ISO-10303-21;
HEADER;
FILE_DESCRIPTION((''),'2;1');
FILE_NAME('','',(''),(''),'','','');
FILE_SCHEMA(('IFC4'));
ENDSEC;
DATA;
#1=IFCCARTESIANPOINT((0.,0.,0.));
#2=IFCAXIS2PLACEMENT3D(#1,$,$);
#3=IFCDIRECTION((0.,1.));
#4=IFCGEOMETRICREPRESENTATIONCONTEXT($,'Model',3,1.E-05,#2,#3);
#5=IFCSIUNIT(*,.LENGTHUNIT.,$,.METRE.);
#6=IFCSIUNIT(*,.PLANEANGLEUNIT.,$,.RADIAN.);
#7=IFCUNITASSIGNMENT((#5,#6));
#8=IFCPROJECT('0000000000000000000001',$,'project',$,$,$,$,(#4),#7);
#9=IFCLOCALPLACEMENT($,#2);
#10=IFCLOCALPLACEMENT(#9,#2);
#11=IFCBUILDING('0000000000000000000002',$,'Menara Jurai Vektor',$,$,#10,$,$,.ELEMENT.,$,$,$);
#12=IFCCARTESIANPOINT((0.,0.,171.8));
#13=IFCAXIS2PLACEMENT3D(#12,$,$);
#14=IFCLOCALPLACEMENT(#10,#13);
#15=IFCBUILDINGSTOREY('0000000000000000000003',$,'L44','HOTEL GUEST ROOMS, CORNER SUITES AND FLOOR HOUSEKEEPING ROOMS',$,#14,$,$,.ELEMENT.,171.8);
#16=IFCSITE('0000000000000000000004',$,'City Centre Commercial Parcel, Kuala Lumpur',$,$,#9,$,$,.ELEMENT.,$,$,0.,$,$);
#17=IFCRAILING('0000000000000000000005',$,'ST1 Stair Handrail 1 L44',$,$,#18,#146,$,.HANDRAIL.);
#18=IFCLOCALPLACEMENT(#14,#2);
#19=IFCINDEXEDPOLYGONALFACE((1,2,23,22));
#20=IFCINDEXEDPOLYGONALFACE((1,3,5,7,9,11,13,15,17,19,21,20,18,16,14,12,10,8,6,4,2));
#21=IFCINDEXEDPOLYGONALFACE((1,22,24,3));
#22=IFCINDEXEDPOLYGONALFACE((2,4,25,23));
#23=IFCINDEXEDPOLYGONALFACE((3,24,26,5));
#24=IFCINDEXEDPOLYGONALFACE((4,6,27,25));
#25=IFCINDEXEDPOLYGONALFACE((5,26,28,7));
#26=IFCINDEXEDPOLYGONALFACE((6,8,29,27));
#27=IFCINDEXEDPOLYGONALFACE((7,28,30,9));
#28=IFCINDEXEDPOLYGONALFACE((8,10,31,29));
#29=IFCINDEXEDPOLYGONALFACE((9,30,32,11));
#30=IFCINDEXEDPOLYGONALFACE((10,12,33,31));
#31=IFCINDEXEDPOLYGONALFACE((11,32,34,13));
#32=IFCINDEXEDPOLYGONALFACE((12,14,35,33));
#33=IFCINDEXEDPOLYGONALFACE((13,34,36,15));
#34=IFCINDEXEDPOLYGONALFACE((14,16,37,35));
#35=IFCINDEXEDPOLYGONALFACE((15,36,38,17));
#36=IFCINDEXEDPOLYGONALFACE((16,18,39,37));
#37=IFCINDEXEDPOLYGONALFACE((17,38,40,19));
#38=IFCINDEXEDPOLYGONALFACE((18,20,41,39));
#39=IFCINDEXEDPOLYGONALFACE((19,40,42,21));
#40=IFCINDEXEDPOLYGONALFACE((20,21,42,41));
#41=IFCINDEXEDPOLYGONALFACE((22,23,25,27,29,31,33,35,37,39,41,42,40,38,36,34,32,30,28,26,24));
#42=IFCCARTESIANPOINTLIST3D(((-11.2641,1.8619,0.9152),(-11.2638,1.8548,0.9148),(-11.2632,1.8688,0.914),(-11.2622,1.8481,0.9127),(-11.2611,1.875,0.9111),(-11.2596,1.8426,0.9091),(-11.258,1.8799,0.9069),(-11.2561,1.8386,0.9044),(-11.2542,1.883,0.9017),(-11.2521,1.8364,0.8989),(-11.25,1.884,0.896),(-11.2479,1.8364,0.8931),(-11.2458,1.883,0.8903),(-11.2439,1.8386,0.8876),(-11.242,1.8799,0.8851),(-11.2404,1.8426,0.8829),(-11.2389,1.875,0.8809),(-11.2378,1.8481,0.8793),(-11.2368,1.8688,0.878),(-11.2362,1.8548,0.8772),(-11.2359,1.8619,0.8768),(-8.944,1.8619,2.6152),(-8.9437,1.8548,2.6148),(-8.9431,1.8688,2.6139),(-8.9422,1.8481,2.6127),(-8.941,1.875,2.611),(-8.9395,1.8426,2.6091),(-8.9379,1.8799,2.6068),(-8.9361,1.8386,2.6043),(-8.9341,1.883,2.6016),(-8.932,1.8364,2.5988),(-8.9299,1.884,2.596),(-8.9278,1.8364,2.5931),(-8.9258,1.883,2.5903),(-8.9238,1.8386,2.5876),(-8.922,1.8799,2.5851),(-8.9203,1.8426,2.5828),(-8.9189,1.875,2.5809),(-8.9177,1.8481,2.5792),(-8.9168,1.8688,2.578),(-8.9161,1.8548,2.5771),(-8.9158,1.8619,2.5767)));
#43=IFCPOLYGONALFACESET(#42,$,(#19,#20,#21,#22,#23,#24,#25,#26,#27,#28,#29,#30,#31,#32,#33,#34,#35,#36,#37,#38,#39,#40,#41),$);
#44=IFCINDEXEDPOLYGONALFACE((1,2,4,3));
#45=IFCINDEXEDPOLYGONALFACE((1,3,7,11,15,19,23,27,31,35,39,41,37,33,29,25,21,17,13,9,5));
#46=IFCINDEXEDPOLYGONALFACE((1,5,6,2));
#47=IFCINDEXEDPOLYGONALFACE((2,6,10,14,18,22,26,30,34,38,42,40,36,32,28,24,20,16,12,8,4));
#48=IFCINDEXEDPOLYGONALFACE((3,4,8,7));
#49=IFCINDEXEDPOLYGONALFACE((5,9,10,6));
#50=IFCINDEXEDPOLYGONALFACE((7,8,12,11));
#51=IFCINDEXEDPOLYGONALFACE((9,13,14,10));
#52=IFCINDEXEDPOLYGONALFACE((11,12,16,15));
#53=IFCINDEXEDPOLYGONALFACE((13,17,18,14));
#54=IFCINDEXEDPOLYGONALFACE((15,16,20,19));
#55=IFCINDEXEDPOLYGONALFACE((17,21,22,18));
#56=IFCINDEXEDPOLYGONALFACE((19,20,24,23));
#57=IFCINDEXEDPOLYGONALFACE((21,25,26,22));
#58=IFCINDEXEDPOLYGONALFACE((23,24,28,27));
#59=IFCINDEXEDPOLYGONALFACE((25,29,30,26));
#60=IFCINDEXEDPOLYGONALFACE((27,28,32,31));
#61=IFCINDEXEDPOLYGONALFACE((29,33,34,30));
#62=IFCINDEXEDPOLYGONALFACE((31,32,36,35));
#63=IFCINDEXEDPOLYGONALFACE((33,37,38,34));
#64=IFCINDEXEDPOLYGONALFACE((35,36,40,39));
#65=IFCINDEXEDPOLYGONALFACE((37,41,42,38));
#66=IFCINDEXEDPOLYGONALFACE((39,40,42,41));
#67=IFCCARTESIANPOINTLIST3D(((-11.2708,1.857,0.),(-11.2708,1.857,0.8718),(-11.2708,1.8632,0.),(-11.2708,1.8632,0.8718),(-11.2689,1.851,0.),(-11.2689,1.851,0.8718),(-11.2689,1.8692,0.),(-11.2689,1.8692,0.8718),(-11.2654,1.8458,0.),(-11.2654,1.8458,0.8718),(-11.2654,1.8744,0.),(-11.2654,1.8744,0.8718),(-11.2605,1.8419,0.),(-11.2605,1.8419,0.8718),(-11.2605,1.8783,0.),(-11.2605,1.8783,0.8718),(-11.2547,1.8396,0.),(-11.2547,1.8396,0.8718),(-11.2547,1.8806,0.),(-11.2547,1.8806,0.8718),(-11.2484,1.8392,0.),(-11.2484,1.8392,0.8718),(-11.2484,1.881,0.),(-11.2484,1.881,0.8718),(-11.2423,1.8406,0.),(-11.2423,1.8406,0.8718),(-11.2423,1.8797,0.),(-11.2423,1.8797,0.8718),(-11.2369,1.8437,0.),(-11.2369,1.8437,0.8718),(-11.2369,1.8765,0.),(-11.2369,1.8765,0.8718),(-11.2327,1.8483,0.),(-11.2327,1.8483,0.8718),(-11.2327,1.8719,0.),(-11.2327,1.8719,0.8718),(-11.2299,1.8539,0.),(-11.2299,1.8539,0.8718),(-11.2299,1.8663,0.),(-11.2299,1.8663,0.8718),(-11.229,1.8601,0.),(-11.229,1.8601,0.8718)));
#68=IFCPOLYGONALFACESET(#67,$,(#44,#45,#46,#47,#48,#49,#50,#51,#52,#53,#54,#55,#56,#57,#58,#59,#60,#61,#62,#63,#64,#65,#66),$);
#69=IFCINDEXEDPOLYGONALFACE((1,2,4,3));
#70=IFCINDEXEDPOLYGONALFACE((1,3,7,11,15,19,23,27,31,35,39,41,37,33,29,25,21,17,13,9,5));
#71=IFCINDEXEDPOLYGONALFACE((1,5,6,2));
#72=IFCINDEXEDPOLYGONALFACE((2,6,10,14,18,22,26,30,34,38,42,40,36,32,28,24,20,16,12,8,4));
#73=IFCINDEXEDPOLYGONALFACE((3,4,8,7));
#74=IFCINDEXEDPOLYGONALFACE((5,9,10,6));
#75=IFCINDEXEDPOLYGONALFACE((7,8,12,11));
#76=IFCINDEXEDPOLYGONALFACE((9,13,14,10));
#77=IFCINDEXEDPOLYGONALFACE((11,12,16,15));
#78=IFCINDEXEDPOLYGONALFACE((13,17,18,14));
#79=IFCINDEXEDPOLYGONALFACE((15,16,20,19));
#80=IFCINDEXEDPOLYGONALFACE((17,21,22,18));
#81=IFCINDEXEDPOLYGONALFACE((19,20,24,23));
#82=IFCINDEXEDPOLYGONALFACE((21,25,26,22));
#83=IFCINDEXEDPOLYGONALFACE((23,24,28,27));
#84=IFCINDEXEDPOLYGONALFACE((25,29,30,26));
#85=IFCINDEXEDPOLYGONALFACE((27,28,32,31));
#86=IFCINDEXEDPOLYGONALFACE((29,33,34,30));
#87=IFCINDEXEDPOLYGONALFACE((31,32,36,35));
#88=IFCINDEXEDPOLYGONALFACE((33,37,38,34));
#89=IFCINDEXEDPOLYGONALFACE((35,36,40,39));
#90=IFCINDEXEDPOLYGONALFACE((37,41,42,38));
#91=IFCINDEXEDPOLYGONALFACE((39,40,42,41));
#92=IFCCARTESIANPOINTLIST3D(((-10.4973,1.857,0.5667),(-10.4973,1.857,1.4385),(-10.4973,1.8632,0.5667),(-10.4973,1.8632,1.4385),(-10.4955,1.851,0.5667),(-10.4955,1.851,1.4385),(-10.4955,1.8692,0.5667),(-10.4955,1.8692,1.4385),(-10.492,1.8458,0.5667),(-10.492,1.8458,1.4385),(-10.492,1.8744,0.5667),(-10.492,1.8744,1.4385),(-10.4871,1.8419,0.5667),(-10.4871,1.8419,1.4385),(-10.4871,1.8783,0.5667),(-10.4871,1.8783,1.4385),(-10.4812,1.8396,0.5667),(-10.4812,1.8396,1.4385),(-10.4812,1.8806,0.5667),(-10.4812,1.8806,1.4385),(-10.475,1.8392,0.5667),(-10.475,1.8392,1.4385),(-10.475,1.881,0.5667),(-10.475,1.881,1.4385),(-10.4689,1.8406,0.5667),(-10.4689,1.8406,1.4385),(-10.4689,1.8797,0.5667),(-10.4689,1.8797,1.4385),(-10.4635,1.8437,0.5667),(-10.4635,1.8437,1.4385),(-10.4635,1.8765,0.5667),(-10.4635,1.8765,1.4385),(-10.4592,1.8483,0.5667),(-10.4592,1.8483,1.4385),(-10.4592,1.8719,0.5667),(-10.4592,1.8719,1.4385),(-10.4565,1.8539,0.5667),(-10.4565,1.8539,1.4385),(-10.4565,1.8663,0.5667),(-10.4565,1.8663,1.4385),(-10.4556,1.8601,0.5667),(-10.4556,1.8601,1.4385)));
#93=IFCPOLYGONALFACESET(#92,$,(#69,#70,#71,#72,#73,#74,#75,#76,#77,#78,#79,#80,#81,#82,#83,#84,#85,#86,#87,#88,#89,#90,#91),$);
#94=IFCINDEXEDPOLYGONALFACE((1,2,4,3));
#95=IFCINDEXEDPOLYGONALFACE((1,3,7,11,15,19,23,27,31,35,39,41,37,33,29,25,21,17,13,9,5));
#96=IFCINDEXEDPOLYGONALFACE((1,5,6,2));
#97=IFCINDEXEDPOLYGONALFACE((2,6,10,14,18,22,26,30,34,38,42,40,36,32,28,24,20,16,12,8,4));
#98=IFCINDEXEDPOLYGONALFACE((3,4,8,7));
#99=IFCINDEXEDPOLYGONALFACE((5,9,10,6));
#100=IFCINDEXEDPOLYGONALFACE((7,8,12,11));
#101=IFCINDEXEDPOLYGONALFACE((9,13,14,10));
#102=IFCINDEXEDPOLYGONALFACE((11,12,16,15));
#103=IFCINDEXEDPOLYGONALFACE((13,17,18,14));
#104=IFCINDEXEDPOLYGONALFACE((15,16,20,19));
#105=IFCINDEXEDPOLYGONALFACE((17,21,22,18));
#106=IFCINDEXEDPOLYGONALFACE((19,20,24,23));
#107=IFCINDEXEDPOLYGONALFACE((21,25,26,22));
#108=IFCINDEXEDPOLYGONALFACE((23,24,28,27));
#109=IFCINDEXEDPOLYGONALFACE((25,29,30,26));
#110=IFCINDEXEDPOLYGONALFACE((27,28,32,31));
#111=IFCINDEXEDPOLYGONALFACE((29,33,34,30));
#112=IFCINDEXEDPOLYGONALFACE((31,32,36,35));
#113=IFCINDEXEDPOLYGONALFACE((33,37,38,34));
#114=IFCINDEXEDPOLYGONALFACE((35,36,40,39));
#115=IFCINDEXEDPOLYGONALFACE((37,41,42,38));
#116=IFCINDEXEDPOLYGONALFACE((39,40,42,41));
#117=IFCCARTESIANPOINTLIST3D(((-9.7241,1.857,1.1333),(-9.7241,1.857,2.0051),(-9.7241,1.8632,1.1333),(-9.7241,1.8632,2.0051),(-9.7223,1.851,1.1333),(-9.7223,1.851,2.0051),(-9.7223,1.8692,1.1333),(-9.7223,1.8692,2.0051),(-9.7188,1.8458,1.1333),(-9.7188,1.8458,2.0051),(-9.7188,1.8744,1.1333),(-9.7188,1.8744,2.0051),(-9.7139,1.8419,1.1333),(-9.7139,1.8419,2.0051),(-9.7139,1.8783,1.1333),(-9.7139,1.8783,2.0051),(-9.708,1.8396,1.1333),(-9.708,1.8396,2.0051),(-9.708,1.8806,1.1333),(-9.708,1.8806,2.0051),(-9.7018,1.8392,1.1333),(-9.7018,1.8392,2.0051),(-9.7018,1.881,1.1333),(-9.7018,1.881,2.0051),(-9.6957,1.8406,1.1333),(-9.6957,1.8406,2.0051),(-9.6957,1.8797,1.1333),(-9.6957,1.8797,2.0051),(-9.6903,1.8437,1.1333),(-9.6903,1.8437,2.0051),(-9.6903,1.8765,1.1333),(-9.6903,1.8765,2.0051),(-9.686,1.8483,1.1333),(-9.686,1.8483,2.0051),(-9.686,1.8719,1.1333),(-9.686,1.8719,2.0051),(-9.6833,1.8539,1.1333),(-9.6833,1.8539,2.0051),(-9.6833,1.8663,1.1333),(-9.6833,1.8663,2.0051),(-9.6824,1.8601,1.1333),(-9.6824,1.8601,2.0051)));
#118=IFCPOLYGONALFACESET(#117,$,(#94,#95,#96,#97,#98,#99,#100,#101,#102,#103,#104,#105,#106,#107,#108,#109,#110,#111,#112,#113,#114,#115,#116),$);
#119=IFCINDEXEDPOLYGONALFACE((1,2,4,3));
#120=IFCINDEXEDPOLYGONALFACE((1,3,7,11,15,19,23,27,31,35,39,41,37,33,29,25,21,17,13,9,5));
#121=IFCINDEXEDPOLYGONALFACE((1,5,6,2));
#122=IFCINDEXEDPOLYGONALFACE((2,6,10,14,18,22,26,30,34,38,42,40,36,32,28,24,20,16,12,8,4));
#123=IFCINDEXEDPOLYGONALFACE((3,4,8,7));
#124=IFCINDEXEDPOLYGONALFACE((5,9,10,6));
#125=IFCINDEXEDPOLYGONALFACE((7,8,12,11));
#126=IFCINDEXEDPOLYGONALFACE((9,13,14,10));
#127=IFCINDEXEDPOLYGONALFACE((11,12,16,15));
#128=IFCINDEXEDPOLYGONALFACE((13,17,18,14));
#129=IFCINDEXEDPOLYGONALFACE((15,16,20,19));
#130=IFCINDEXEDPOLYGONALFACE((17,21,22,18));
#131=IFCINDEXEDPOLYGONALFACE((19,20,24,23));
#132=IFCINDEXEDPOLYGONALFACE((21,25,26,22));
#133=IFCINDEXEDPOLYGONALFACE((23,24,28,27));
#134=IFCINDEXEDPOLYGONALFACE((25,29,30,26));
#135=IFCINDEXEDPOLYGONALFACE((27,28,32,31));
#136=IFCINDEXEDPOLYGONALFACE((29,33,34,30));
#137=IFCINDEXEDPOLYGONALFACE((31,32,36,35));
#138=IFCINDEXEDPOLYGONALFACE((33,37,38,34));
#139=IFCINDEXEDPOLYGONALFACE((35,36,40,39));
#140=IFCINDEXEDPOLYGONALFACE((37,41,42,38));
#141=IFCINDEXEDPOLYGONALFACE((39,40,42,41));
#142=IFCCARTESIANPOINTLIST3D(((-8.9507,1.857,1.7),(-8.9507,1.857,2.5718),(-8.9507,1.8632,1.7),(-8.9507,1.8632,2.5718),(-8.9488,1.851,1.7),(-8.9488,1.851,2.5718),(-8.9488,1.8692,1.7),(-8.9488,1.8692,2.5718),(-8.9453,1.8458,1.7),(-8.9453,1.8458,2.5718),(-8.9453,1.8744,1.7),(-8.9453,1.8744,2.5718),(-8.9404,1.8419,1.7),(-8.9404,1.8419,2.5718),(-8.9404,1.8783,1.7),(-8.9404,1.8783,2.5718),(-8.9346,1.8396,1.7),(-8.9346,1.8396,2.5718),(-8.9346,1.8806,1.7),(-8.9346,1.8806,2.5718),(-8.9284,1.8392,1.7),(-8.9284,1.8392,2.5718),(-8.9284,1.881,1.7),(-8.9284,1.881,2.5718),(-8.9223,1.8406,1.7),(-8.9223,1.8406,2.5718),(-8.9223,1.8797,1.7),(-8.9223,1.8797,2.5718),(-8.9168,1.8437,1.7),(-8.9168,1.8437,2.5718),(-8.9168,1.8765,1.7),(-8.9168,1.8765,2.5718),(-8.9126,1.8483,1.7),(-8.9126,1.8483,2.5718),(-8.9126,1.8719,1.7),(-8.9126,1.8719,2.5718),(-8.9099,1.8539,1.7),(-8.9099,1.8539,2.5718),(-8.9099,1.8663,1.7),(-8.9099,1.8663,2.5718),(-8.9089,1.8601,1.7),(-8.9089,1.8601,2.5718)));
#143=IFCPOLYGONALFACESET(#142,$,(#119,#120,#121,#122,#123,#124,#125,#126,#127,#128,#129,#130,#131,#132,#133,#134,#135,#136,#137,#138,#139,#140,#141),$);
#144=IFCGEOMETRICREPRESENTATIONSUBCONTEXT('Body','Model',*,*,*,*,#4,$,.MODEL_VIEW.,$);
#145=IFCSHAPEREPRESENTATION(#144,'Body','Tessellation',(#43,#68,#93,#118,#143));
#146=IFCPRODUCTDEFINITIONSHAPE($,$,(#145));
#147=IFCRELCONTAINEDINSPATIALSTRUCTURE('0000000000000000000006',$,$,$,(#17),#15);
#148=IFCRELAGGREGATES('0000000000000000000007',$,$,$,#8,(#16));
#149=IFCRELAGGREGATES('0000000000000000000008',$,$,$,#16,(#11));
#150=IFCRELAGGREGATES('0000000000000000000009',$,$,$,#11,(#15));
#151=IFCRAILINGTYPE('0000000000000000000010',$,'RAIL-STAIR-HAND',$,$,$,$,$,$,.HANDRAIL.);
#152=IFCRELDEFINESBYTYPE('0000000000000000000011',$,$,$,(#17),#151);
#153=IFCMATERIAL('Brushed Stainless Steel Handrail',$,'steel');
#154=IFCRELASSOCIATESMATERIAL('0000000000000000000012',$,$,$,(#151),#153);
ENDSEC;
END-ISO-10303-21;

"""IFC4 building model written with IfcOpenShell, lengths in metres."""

from ifc_helpers import new_model, si_unit, direction, frame, origin, origin_2d, place, context, subcontext, project, spatial, circle, extrude, material, type_object, element, save


model = new_model("IFC4")

# Units and contexts
model_context = context("Model", 3, precision=1e-05, world=origin(), true_north=direction((0.0, 1.0)))
body_context = subcontext(model_context, "Body", "Model", "MODEL_VIEW")
ifc_project = project(units=[si_unit("LENGTHUNIT", "METRE"), si_unit("PLANEANGLEUNIT", "RADIAN")], contexts=[model_context])

# Site, building, storey
site_placement = place(None, origin())
site = spatial("IfcSite", under=ifc_project, at=site_placement, Name="City Centre Commercial Parcel, Kuala Lumpur", CompositionType="ELEMENT", RefElevation=0.0)
building_placement = place(site_placement, origin())
building = spatial("IfcBuilding", under=site, at=building_placement, Name="Menara Jurai Vektor", CompositionType="ELEMENT")
storey_placement = place(building_placement, frame((0.0, 0.0, 171.8)))
storey = spatial("IfcBuildingStorey", under=building, at=storey_placement, Name="L44", Description="HOTEL GUEST ROOMS, CORNER SUITES AND FLOOR HOUSEKEEPING ROOMS", CompositionType="ELEMENT", Elevation=171.8)

# Railing
ifc_material_1 = material(Name="Brushed Stainless Steel Handrail", Category="steel")
railing_type_1 = type_object("IfcRailingType", Name="RAIL-STAIR-HAND", PredefinedType="HANDRAIL", material=ifc_material_1)
railing_1_placement = place(storey_placement, frame((-11.25, 1.8601, 0.0)))
element("IfcRailing", 1, at=railing_1_placement, inside=storey, type_object=railing_type_1, Name="ST1 Stair Handrail 1 L44", PredefinedType="HANDRAIL", context=body_context, shape_type="SweptSolid", body=[
    extrude(circle(Radius=0.0239, at=origin_2d()), frame((0.0, 0.0, 0.896), z_axis=(0.806642, 0.0, 0.59104), x_axis=(0.0, 1.0, 0.0)), (0.0, 0.0, 1.0), 2.8762),
    extrude(circle(Radius=0.021, at=origin_2d()), origin(), (0.0, 0.0, 1.0), 0.8718),
    extrude(circle(Radius=0.021, at=origin_2d()), frame((0.7734, 0.0, 0.5667)), (0.0, 0.0, 1.0), 0.8718),
    extrude(circle(Radius=0.021, at=origin_2d()), frame((1.5466, 0.0, 1.1333)), (0.0, 0.0, 1.0), 0.8718),
    extrude(circle(Radius=0.021, at=origin_2d()), frame((2.3201, 0.0, 1.7)), (0.0, 0.0, 1.0), 0.8718),
])

save(model, "model.ifc")
